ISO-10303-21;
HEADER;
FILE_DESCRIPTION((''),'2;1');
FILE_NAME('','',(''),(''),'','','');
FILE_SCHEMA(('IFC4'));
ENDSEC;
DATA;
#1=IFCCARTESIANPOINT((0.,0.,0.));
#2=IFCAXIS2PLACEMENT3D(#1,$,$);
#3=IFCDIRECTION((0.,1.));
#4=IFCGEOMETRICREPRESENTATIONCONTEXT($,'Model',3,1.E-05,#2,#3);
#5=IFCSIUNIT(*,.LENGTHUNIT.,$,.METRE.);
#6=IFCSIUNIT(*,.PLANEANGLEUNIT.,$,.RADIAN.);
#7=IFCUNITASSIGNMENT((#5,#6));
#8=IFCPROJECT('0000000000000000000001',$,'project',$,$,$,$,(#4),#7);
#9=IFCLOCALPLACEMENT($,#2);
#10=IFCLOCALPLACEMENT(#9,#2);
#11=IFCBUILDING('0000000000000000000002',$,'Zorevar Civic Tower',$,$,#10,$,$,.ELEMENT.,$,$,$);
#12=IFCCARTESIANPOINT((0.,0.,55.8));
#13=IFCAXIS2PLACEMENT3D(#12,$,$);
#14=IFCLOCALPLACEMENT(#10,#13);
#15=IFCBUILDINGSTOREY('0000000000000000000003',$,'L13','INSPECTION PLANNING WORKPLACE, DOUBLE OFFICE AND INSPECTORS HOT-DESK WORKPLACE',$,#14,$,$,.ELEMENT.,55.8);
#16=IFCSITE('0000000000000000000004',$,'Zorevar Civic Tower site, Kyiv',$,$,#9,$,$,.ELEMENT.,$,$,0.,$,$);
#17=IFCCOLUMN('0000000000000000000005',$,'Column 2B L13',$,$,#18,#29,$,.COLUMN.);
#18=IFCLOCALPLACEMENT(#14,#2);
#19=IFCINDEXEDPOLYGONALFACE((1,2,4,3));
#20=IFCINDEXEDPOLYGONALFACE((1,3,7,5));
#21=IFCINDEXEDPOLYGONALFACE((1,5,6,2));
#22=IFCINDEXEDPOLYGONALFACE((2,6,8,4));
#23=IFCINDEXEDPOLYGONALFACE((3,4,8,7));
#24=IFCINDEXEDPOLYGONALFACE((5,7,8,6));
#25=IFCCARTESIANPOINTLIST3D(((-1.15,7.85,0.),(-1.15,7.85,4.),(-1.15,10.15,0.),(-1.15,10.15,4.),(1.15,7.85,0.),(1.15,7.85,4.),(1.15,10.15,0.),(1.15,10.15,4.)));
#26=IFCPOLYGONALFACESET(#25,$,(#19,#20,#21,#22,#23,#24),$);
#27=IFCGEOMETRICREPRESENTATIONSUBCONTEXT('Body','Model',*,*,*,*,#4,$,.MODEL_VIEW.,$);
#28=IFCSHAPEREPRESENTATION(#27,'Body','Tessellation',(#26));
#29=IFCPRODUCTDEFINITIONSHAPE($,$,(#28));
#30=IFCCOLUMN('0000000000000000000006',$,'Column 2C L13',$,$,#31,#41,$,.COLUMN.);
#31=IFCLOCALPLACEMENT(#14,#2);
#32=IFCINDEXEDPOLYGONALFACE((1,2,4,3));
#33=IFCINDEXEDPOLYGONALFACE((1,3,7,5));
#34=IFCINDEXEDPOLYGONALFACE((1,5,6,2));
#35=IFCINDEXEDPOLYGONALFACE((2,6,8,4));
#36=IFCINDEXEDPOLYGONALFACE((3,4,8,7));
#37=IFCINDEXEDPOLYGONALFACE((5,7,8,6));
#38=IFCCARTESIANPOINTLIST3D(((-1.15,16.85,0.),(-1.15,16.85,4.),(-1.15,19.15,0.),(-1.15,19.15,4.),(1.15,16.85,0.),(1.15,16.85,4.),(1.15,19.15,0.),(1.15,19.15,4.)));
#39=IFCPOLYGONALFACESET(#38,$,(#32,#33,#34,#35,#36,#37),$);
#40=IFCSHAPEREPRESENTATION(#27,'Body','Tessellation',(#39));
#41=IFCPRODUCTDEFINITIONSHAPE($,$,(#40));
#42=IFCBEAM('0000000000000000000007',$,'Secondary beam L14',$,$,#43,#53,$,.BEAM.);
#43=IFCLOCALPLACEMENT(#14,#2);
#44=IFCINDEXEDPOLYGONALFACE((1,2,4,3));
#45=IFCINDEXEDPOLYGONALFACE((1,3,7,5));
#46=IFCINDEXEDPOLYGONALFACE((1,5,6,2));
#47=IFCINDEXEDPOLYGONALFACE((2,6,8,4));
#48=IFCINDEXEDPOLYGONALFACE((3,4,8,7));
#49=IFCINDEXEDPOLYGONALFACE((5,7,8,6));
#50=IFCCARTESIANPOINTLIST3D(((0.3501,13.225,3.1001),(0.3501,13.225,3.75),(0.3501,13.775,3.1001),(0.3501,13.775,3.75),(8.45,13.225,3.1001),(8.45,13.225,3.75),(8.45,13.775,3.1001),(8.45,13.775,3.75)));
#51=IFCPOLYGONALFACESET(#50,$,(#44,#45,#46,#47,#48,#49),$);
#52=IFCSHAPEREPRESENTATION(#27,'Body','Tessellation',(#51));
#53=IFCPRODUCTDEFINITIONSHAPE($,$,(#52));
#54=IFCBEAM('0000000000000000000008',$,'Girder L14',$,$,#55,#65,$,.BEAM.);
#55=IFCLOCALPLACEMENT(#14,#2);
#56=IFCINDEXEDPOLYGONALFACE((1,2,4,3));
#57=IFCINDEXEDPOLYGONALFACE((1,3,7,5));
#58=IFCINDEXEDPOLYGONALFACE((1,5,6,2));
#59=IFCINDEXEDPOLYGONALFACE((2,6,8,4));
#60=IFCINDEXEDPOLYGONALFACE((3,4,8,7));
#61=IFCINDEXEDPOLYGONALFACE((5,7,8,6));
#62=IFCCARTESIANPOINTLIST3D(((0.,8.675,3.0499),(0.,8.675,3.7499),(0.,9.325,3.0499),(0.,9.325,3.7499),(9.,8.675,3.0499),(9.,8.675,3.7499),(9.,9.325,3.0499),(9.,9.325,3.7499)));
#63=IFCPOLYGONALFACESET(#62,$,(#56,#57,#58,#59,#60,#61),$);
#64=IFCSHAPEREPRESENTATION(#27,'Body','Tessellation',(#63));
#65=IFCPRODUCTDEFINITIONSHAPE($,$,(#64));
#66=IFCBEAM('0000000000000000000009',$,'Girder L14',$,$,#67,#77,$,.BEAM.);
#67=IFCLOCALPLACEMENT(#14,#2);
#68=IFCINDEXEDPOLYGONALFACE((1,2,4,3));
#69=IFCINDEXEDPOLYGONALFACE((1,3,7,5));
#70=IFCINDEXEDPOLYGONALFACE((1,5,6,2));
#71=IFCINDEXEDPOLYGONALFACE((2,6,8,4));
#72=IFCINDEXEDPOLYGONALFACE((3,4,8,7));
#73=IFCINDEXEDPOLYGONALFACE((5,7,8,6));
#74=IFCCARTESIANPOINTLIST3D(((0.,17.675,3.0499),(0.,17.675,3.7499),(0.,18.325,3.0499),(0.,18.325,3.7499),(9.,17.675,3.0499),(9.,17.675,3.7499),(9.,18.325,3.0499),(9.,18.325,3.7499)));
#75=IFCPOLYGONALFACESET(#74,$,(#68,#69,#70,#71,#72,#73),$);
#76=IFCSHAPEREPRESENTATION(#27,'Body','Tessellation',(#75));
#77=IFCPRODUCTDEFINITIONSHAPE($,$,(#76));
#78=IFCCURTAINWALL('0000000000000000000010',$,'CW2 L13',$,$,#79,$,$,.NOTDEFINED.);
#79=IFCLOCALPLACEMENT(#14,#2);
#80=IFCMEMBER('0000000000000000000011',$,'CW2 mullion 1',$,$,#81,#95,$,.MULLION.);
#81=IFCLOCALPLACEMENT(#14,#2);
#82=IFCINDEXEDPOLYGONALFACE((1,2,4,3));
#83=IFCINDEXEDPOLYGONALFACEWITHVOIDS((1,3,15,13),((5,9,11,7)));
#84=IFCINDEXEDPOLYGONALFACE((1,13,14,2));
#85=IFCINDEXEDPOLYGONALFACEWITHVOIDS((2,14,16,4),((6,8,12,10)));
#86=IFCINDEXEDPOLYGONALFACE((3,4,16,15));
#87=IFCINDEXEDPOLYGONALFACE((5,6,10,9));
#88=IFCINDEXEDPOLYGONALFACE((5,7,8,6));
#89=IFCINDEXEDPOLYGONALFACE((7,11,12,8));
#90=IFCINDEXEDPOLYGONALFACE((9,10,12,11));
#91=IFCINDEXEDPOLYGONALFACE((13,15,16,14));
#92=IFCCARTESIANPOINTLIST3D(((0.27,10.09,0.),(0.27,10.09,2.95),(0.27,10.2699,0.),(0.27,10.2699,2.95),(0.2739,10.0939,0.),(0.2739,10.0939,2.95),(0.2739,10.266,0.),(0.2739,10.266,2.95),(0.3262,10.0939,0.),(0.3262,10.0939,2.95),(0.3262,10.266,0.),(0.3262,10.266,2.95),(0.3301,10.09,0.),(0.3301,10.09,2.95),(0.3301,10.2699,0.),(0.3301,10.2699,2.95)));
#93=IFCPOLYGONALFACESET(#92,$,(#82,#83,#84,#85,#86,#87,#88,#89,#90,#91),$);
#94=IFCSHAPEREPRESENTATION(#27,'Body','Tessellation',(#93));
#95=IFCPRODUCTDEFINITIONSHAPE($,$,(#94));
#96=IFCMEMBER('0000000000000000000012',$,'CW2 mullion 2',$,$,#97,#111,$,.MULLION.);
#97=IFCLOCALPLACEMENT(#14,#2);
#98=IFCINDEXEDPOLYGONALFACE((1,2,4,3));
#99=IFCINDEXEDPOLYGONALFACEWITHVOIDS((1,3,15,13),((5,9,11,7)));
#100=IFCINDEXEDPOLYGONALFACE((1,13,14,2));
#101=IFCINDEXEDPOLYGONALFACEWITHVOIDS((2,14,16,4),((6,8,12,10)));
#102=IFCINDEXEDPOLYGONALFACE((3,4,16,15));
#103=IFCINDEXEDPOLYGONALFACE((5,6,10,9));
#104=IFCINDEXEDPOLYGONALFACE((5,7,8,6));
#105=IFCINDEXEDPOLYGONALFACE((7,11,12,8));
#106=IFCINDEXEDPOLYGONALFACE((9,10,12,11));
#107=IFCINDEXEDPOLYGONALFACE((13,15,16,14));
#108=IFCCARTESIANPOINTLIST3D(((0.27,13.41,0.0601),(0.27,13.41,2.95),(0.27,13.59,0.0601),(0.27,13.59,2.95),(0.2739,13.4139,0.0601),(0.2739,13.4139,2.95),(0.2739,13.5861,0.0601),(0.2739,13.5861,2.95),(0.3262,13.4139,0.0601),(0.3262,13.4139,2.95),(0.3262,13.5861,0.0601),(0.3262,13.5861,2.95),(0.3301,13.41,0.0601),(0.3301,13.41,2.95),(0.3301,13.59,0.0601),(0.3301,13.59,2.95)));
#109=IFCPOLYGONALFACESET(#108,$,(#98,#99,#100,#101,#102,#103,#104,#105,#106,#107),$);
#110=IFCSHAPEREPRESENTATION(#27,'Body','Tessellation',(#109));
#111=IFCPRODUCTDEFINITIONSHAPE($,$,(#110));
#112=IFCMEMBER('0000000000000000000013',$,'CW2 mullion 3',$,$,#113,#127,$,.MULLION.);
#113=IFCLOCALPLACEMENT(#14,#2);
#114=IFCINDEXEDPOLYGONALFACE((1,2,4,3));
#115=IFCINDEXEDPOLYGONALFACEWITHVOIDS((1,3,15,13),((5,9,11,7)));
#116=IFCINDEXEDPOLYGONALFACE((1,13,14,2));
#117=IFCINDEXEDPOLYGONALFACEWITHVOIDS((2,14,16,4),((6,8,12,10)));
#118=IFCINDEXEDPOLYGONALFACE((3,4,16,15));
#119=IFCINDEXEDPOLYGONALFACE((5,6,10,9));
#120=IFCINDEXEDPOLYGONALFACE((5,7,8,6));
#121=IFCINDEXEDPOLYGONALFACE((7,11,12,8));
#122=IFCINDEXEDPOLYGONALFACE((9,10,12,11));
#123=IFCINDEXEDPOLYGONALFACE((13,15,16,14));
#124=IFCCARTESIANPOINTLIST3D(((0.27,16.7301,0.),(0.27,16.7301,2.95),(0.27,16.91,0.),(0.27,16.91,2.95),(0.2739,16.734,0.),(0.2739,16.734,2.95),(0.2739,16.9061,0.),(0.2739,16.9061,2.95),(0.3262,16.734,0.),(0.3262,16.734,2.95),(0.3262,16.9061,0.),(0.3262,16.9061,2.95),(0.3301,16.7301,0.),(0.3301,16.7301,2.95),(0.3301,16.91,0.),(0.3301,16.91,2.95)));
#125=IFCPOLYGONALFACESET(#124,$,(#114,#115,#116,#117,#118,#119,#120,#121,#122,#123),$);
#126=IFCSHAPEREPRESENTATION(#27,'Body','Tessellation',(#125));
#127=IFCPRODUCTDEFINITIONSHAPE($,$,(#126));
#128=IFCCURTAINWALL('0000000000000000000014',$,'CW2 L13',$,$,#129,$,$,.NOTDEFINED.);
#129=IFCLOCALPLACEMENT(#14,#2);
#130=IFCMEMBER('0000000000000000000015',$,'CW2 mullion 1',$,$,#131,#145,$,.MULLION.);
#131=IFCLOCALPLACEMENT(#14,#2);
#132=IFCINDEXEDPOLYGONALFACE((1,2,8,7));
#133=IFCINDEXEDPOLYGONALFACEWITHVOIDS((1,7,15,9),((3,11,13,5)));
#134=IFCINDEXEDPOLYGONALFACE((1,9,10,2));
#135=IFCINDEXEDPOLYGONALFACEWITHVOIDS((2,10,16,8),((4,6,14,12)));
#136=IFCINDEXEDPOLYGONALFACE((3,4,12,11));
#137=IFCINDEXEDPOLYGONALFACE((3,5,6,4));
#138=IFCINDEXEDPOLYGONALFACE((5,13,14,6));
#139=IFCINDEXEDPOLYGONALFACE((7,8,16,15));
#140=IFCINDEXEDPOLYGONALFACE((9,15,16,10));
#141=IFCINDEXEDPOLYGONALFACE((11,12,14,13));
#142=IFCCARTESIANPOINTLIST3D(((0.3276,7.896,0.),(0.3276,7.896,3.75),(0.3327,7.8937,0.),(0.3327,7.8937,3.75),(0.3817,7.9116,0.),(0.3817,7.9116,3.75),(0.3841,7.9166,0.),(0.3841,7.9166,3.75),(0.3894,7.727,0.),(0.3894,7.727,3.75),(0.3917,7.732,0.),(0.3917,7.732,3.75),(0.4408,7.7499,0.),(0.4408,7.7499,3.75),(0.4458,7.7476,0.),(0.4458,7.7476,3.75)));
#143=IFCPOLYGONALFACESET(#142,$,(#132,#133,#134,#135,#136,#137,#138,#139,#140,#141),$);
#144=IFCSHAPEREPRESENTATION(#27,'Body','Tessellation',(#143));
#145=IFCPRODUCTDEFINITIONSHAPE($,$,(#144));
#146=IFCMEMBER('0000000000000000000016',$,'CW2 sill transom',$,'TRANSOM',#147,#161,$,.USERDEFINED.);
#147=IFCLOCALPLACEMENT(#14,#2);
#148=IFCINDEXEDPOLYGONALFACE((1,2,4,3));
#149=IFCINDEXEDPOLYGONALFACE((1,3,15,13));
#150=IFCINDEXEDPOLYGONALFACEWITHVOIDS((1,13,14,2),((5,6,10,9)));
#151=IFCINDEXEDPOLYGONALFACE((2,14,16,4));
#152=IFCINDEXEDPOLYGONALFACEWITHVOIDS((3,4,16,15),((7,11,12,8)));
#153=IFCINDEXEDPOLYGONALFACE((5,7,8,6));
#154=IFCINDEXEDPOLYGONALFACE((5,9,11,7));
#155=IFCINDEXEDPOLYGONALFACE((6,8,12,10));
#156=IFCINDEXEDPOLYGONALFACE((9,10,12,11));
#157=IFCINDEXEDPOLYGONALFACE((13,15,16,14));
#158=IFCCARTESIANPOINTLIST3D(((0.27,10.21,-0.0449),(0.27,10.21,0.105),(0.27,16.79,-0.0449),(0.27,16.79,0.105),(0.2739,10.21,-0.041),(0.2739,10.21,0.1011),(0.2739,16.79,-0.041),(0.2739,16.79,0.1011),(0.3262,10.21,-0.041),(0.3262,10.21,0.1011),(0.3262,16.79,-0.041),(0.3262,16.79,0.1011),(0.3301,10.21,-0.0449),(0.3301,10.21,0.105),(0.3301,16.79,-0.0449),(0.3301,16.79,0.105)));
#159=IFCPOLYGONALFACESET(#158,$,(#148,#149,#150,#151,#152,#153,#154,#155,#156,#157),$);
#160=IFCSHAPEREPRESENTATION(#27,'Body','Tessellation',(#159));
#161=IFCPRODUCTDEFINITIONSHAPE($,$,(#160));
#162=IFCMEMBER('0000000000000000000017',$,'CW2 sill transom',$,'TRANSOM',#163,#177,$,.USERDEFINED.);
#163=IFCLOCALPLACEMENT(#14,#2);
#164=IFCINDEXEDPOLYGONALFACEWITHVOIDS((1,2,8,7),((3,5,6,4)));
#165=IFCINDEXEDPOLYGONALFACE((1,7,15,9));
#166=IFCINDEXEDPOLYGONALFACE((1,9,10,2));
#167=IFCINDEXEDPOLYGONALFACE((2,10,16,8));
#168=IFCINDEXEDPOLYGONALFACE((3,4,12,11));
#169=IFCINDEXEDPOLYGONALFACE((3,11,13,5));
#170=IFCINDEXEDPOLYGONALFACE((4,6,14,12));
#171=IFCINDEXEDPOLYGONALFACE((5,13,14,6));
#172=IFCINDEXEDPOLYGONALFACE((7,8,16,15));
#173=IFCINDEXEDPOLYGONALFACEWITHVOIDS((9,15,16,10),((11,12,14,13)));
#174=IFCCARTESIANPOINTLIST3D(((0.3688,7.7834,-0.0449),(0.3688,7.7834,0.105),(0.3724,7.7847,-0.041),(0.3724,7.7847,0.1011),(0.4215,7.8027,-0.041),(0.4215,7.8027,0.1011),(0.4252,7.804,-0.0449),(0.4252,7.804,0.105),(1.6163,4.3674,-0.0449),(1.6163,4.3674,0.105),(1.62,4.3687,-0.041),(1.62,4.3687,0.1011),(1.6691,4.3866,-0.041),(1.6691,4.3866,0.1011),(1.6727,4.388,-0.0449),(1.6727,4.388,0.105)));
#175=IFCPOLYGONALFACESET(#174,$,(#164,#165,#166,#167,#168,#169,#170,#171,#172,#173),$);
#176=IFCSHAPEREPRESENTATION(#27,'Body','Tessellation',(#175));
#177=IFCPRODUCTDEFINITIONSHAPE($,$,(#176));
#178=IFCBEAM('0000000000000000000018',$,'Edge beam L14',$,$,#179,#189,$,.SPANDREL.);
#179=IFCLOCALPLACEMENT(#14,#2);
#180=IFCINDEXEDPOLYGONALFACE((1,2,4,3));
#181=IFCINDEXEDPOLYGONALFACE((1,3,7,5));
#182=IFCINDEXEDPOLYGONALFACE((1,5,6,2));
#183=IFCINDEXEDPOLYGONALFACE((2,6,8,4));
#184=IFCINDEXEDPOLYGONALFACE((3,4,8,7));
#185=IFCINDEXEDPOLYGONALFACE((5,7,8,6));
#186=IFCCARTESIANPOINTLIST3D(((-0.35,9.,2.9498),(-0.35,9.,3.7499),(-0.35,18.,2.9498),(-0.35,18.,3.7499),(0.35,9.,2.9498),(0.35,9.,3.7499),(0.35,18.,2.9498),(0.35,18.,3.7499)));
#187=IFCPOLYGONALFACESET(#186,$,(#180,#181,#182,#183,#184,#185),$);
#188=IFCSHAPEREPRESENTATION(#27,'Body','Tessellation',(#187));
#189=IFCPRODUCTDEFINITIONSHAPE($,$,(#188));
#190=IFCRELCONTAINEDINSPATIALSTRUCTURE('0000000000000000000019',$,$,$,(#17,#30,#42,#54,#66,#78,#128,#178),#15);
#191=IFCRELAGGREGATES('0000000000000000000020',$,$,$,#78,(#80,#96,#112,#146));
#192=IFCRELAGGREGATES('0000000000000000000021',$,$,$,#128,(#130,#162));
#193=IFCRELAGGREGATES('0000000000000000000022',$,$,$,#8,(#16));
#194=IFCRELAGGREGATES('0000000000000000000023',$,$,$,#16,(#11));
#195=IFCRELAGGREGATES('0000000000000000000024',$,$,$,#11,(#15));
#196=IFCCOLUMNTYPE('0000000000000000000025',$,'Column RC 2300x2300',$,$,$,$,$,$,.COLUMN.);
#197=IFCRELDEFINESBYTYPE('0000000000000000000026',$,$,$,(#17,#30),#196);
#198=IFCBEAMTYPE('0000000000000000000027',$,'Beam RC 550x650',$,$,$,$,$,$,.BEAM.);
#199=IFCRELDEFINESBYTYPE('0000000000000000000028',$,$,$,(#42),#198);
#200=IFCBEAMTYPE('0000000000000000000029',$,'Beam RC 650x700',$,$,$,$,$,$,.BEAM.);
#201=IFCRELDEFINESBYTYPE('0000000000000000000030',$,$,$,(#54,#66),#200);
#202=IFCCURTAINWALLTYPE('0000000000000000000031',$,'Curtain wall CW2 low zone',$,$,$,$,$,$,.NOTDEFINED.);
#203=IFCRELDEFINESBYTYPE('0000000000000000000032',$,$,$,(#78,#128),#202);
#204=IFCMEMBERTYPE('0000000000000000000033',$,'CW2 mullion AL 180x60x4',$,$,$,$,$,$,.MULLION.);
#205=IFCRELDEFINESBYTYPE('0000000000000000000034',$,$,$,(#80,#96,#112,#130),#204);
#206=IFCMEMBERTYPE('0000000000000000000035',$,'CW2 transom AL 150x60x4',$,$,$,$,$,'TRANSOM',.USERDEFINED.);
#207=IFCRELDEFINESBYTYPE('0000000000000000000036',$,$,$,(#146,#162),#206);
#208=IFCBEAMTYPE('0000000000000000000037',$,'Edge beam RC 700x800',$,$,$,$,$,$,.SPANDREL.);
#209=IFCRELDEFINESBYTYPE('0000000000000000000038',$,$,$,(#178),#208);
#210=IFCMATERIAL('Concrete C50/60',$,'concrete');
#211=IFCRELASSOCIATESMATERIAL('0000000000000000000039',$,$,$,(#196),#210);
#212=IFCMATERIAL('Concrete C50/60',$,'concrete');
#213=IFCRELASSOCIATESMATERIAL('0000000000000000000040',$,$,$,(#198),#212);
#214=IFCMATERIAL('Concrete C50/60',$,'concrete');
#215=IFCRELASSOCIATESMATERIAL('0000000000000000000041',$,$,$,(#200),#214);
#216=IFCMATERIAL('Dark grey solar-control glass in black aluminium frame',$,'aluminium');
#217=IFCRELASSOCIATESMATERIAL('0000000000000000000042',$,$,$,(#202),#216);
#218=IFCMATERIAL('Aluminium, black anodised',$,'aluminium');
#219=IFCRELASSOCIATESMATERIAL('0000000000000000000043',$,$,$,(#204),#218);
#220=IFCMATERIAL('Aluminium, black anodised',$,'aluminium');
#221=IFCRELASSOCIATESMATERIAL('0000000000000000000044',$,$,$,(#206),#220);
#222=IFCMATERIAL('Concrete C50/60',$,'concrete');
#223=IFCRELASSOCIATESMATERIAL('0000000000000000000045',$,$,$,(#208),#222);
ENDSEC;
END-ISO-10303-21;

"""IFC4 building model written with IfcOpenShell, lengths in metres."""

from ifc_helpers import new_model, si_unit, direction, frame, origin, origin_2d, place, context, subcontext, project, spatial, rectangle, hollow_rectangle, extrude, material, material_profile, profile_set, type_object, element, aggregate, save


model = new_model("IFC4")

# Units and contexts
model_context = context("Model", 3, precision=1e-05, world=origin(), true_north=direction((0.0, 1.0)))
body_context = subcontext(model_context, "Body", "Model", "MODEL_VIEW")
ifc_project = project(units=[si_unit("LENGTHUNIT", "METRE"), si_unit("PLANEANGLEUNIT", "RADIAN")], contexts=[model_context])

# Site, building, storey
site_placement = place(None, origin())
site = spatial("IfcSite", under=ifc_project, at=site_placement, Name="Zorevar Civic Tower site, Kyiv", CompositionType="ELEMENT", RefElevation=0.0)
building_placement = place(site_placement, origin())
building = spatial("IfcBuilding", under=site, at=building_placement, Name="Zorevar Civic Tower", CompositionType="ELEMENT")
storey_placement = place(building_placement, frame((0.0, 0.0, 55.8)))
storey = spatial("IfcBuildingStorey", under=building, at=storey_placement, Name="L13", Description="INSPECTION PLANNING WORKPLACE, DOUBLE OFFICE AND INSPECTORS HOT-DESK WORKPLACE", CompositionType="ELEMENT", Elevation=55.8)

# Columns
ifc_material_1 = material(Name="Concrete C50/60", Category="concrete")
ifc_material_profile_1 = material_profile(ifc_material_1, rectangle(XDim=2.3, YDim=2.3, at=origin_2d()), Name="RC 2300x2300")
ifc_profile_set_1 = profile_set([ifc_material_profile_1], Name="Concrete C50/60")
column_type = type_object("IfcColumnType", Name="Column RC 2300x2300", PredefinedType="COLUMN", material=ifc_profile_set_1)
for number, where, z_axis, x_axis, name in (
    (1, (0.0, 9.0, 0.0), (0.0, 0.0, 1.0), (1.0, 0.0, 0.0), "Column 2B L13"),
    (2, (0.0, 18.0, 0.0), (0.0, 0.0, 1.0), (1.0, 0.0, 0.0), "Column 2C L13"),
):
    element("IfcColumn", number, at=place(storey_placement, frame(where, z_axis=z_axis, x_axis=x_axis)), inside=storey, type_object=column_type, Name=name, PredefinedType="COLUMN", context=body_context, shape_type="SweptSolid", body=[
        extrude(rectangle(XDim=2.3, YDim=2.3, at=origin_2d()), origin(), (0.0, 0.0, 1.0), 4.0),
    ])

# Beams
ifc_material_2 = material(Name="Concrete C50/60", Category="concrete")
ifc_material_profile_2 = material_profile(ifc_material_2, rectangle(XDim=0.55, YDim=0.6499, at=origin_2d()), Name="RC 550x650")
ifc_profile_set_2 = profile_set([ifc_material_profile_2], Name="Concrete C50/60")
beam_type_1 = type_object("IfcBeamType", Name="Beam RC 550x650", PredefinedType="BEAM", material=ifc_profile_set_2)
beam_1_placement = place(storey_placement, frame((0.3501, 13.5, 3.425), z_axis=(1.0, 0.0, 0.0), x_axis=(0.0, 1.0, 0.0)))
element("IfcBeam", 3, at=beam_1_placement, inside=storey, type_object=beam_type_1, Name="Secondary beam L14", PredefinedType="BEAM", context=body_context, shape_type="SweptSolid", body=[
    extrude(rectangle(XDim=0.55, YDim=0.6499, at=origin_2d()), origin(), (0.0, 0.0, 1.0), 8.0999),
])
ifc_material_3 = material(Name="Concrete C50/60", Category="concrete")
ifc_material_profile_3 = material_profile(ifc_material_3, rectangle(XDim=0.6499, YDim=0.7, at=origin_2d()), Name="RC 650x700")
ifc_profile_set_3 = profile_set([ifc_material_profile_3], Name="Concrete C50/60")
beam_type_2 = type_object("IfcBeamType", Name="Beam RC 650x700", PredefinedType="BEAM", material=ifc_profile_set_3)
for number, where, z_axis, x_axis, name in (
    (4, (0.0, 9.0, 3.3999), (1.0, 0.0, 0.0), (0.0, 1.0, 0.0), "Girder L14"),
    (5, (0.0, 18.0, 3.3999), (1.0, 0.0, 0.0), (0.0, 1.0, 0.0), "Girder L14"),
):
    element("IfcBeam", number, at=place(storey_placement, frame(where, z_axis=z_axis, x_axis=x_axis)), inside=storey, type_object=beam_type_2, Name=name, PredefinedType="BEAM", context=body_context, shape_type="SweptSolid", body=[
        extrude(rectangle(XDim=0.6499, YDim=0.7, at=origin_2d()), origin(), (0.0, 0.0, 1.0), 9.0),
    ])

# Curtain wall, members
ifc_material_4 = material(Name="Dark grey solar-control glass in black aluminium frame", Category="aluminium")
curtain_wall_type = type_object("IfcCurtainWallType", Name="Curtain wall CW2 low zone", PredefinedType="NOTDEFINED", material=ifc_material_4)
curtain_wall_1_placement = place(storey_placement, origin())
curtain_wall_1 = element("IfcCurtainWall", 6, at=curtain_wall_1_placement, inside=storey, type_object=curtain_wall_type, Name="CW2 L13", PredefinedType="NOTDEFINED")
ifc_material_5 = material(Name="Aluminium, black anodised", Category="aluminium")
ifc_material_profile_4 = material_profile(ifc_material_5, hollow_rectangle(XDim=0.0601, YDim=0.1799, WallThickness=0.0039, at=origin_2d()), Name="AL 180x60x4")
ifc_profile_set_4 = profile_set([ifc_material_profile_4], Name="Aluminium, black anodised")
member_type_1 = type_object("IfcMemberType", Name="CW2 mullion AL 180x60x4", PredefinedType="MULLION", material=ifc_profile_set_4)
member_1_placement = place(storey_placement, frame((0.3, 10.1799, 0.0), z_axis=(0.0, 0.0, 1.0), x_axis=(-1.0, 0.0, 0.0)))
member_1 = element("IfcMember", 7, at=member_1_placement, type_object=member_type_1, Name="CW2 mullion 1", PredefinedType="MULLION", context=body_context, shape_type="SweptSolid", body=[
    extrude(hollow_rectangle(XDim=0.0601, YDim=0.1799, WallThickness=0.0039, at=origin_2d()), origin(), (0.0, 0.0, 1.0), 2.95),
])
member_2_placement = place(storey_placement, frame((0.3, 13.5, 0.0601), z_axis=(0.0, 0.0, 1.0), x_axis=(-1.0, 0.0, 0.0)))
member_2 = element("IfcMember", 8, at=member_2_placement, type_object=member_type_1, Name="CW2 mullion 2", PredefinedType="MULLION", context=body_context, shape_type="SweptSolid", body=[
    extrude(hollow_rectangle(XDim=0.0601, YDim=0.1799, WallThickness=0.0039, at=origin_2d()), origin(), (0.0, 0.0, 1.0), 2.8899),
])
member_3_placement = place(storey_placement, frame((0.3, 16.8201, 0.0), z_axis=(0.0, 0.0, 1.0), x_axis=(-1.0, 0.0, 0.0)))
member_3 = element("IfcMember", 9, at=member_3_placement, type_object=member_type_1, Name="CW2 mullion 3", PredefinedType="MULLION", context=body_context, shape_type="SweptSolid", body=[
    extrude(hollow_rectangle(XDim=0.0601, YDim=0.1799, WallThickness=0.0039, at=origin_2d()), origin(), (0.0, 0.0, 1.0), 2.95),
])

# Curtain wall, member
curtain_wall_2_placement = place(storey_placement, origin())
curtain_wall_2 = element("IfcCurtainWall", 10, at=curtain_wall_2_placement, inside=storey, type_object=curtain_wall_type, Name="CW2 L13", PredefinedType="NOTDEFINED")
member_4_placement = place(storey_placement, frame((0.3867, 7.8218, 0.0), z_axis=(0.0, 0.0, 1.0), x_axis=(0.939313, 0.34306, 0.0)))
member_4 = element("IfcMember", 11, at=member_4_placement, type_object=member_type_1, Name="CW2 mullion 1", PredefinedType="MULLION", context=body_context, shape_type="SweptSolid", body=[
    extrude(hollow_rectangle(XDim=0.0601, YDim=0.1799, WallThickness=0.0039, at=origin_2d()), origin(), (0.0, 0.0, 1.0), 3.75),
])

# Members
ifc_material_6 = material(Name="Aluminium, black anodised", Category="aluminium")
ifc_material_profile_5 = material_profile(ifc_material_6, hollow_rectangle(XDim=0.0601, YDim=0.1499, WallThickness=0.0039, at=origin_2d()), Name="AL 150x60x4")
ifc_profile_set_5 = profile_set([ifc_material_profile_5], Name="Aluminium, black anodised")
member_type_2 = type_object("IfcMemberType", Name="CW2 transom AL 150x60x4", ElementType="TRANSOM", PredefinedType="USERDEFINED", material=ifc_profile_set_5)
member_5_placement = place(storey_placement, frame((0.3, 10.21, 0.03), z_axis=(0.0, 1.0, 0.0), x_axis=(-1.0, 0.0, 0.0)))
member_5 = element("IfcMember", 12, at=member_5_placement, type_object=member_type_2, Name="CW2 sill transom", ObjectType="TRANSOM", PredefinedType="USERDEFINED", context=body_context, shape_type="SweptSolid", body=[
    extrude(hollow_rectangle(XDim=0.0601, YDim=0.1499, WallThickness=0.0039, at=origin_2d()), origin(), (0.0, 0.0, 1.0), 6.5801),
])
member_6_placement = place(storey_placement, frame((0.397, 7.7937, 0.03), z_axis=(0.343047, -0.939318, 0.0), x_axis=(0.939318, 0.343047, 0.0)))
member_6 = element("IfcMember", 13, at=member_6_placement, type_object=member_type_2, Name="CW2 sill transom", ObjectType="TRANSOM", PredefinedType="USERDEFINED", context=body_context, shape_type="SweptSolid", body=[
    extrude(hollow_rectangle(XDim=0.0601, YDim=0.1499, WallThickness=0.0039, at=origin_2d()), origin(), (0.0, 0.0, 1.0), 3.6367),
])

# Beam
ifc_material_7 = material(Name="Concrete C50/60", Category="concrete")
ifc_material_profile_6 = material_profile(ifc_material_7, rectangle(XDim=0.7, YDim=0.8, at=origin_2d()), Name="RC 700x800")
ifc_profile_set_6 = profile_set([ifc_material_profile_6], Name="Concrete C50/60")
beam_type_3 = type_object("IfcBeamType", Name="Edge beam RC 700x800", PredefinedType="SPANDREL", material=ifc_profile_set_6)
for number, where, z_axis, x_axis, name in (
    (14, (0.0, 9.0, 3.3499), (0.0, 1.0, 0.0), (-1.0, 0.0, 0.0), "Edge beam L14"),
):
    element("IfcBeam", number, at=place(storey_placement, frame(where, z_axis=z_axis, x_axis=x_axis)), inside=storey, type_object=beam_type_3, Name=name, PredefinedType="SPANDREL", context=body_context, shape_type="SweptSolid", body=[
        extrude(rectangle(XDim=0.7, YDim=0.8, at=origin_2d()), origin(), (0.0, 0.0, 1.0), 9.0),
    ])

aggregate(curtain_wall_1, [member_1, member_2, member_3, member_5])
aggregate(curtain_wall_2, [member_4, member_6])

save(model, "model.ifc")
